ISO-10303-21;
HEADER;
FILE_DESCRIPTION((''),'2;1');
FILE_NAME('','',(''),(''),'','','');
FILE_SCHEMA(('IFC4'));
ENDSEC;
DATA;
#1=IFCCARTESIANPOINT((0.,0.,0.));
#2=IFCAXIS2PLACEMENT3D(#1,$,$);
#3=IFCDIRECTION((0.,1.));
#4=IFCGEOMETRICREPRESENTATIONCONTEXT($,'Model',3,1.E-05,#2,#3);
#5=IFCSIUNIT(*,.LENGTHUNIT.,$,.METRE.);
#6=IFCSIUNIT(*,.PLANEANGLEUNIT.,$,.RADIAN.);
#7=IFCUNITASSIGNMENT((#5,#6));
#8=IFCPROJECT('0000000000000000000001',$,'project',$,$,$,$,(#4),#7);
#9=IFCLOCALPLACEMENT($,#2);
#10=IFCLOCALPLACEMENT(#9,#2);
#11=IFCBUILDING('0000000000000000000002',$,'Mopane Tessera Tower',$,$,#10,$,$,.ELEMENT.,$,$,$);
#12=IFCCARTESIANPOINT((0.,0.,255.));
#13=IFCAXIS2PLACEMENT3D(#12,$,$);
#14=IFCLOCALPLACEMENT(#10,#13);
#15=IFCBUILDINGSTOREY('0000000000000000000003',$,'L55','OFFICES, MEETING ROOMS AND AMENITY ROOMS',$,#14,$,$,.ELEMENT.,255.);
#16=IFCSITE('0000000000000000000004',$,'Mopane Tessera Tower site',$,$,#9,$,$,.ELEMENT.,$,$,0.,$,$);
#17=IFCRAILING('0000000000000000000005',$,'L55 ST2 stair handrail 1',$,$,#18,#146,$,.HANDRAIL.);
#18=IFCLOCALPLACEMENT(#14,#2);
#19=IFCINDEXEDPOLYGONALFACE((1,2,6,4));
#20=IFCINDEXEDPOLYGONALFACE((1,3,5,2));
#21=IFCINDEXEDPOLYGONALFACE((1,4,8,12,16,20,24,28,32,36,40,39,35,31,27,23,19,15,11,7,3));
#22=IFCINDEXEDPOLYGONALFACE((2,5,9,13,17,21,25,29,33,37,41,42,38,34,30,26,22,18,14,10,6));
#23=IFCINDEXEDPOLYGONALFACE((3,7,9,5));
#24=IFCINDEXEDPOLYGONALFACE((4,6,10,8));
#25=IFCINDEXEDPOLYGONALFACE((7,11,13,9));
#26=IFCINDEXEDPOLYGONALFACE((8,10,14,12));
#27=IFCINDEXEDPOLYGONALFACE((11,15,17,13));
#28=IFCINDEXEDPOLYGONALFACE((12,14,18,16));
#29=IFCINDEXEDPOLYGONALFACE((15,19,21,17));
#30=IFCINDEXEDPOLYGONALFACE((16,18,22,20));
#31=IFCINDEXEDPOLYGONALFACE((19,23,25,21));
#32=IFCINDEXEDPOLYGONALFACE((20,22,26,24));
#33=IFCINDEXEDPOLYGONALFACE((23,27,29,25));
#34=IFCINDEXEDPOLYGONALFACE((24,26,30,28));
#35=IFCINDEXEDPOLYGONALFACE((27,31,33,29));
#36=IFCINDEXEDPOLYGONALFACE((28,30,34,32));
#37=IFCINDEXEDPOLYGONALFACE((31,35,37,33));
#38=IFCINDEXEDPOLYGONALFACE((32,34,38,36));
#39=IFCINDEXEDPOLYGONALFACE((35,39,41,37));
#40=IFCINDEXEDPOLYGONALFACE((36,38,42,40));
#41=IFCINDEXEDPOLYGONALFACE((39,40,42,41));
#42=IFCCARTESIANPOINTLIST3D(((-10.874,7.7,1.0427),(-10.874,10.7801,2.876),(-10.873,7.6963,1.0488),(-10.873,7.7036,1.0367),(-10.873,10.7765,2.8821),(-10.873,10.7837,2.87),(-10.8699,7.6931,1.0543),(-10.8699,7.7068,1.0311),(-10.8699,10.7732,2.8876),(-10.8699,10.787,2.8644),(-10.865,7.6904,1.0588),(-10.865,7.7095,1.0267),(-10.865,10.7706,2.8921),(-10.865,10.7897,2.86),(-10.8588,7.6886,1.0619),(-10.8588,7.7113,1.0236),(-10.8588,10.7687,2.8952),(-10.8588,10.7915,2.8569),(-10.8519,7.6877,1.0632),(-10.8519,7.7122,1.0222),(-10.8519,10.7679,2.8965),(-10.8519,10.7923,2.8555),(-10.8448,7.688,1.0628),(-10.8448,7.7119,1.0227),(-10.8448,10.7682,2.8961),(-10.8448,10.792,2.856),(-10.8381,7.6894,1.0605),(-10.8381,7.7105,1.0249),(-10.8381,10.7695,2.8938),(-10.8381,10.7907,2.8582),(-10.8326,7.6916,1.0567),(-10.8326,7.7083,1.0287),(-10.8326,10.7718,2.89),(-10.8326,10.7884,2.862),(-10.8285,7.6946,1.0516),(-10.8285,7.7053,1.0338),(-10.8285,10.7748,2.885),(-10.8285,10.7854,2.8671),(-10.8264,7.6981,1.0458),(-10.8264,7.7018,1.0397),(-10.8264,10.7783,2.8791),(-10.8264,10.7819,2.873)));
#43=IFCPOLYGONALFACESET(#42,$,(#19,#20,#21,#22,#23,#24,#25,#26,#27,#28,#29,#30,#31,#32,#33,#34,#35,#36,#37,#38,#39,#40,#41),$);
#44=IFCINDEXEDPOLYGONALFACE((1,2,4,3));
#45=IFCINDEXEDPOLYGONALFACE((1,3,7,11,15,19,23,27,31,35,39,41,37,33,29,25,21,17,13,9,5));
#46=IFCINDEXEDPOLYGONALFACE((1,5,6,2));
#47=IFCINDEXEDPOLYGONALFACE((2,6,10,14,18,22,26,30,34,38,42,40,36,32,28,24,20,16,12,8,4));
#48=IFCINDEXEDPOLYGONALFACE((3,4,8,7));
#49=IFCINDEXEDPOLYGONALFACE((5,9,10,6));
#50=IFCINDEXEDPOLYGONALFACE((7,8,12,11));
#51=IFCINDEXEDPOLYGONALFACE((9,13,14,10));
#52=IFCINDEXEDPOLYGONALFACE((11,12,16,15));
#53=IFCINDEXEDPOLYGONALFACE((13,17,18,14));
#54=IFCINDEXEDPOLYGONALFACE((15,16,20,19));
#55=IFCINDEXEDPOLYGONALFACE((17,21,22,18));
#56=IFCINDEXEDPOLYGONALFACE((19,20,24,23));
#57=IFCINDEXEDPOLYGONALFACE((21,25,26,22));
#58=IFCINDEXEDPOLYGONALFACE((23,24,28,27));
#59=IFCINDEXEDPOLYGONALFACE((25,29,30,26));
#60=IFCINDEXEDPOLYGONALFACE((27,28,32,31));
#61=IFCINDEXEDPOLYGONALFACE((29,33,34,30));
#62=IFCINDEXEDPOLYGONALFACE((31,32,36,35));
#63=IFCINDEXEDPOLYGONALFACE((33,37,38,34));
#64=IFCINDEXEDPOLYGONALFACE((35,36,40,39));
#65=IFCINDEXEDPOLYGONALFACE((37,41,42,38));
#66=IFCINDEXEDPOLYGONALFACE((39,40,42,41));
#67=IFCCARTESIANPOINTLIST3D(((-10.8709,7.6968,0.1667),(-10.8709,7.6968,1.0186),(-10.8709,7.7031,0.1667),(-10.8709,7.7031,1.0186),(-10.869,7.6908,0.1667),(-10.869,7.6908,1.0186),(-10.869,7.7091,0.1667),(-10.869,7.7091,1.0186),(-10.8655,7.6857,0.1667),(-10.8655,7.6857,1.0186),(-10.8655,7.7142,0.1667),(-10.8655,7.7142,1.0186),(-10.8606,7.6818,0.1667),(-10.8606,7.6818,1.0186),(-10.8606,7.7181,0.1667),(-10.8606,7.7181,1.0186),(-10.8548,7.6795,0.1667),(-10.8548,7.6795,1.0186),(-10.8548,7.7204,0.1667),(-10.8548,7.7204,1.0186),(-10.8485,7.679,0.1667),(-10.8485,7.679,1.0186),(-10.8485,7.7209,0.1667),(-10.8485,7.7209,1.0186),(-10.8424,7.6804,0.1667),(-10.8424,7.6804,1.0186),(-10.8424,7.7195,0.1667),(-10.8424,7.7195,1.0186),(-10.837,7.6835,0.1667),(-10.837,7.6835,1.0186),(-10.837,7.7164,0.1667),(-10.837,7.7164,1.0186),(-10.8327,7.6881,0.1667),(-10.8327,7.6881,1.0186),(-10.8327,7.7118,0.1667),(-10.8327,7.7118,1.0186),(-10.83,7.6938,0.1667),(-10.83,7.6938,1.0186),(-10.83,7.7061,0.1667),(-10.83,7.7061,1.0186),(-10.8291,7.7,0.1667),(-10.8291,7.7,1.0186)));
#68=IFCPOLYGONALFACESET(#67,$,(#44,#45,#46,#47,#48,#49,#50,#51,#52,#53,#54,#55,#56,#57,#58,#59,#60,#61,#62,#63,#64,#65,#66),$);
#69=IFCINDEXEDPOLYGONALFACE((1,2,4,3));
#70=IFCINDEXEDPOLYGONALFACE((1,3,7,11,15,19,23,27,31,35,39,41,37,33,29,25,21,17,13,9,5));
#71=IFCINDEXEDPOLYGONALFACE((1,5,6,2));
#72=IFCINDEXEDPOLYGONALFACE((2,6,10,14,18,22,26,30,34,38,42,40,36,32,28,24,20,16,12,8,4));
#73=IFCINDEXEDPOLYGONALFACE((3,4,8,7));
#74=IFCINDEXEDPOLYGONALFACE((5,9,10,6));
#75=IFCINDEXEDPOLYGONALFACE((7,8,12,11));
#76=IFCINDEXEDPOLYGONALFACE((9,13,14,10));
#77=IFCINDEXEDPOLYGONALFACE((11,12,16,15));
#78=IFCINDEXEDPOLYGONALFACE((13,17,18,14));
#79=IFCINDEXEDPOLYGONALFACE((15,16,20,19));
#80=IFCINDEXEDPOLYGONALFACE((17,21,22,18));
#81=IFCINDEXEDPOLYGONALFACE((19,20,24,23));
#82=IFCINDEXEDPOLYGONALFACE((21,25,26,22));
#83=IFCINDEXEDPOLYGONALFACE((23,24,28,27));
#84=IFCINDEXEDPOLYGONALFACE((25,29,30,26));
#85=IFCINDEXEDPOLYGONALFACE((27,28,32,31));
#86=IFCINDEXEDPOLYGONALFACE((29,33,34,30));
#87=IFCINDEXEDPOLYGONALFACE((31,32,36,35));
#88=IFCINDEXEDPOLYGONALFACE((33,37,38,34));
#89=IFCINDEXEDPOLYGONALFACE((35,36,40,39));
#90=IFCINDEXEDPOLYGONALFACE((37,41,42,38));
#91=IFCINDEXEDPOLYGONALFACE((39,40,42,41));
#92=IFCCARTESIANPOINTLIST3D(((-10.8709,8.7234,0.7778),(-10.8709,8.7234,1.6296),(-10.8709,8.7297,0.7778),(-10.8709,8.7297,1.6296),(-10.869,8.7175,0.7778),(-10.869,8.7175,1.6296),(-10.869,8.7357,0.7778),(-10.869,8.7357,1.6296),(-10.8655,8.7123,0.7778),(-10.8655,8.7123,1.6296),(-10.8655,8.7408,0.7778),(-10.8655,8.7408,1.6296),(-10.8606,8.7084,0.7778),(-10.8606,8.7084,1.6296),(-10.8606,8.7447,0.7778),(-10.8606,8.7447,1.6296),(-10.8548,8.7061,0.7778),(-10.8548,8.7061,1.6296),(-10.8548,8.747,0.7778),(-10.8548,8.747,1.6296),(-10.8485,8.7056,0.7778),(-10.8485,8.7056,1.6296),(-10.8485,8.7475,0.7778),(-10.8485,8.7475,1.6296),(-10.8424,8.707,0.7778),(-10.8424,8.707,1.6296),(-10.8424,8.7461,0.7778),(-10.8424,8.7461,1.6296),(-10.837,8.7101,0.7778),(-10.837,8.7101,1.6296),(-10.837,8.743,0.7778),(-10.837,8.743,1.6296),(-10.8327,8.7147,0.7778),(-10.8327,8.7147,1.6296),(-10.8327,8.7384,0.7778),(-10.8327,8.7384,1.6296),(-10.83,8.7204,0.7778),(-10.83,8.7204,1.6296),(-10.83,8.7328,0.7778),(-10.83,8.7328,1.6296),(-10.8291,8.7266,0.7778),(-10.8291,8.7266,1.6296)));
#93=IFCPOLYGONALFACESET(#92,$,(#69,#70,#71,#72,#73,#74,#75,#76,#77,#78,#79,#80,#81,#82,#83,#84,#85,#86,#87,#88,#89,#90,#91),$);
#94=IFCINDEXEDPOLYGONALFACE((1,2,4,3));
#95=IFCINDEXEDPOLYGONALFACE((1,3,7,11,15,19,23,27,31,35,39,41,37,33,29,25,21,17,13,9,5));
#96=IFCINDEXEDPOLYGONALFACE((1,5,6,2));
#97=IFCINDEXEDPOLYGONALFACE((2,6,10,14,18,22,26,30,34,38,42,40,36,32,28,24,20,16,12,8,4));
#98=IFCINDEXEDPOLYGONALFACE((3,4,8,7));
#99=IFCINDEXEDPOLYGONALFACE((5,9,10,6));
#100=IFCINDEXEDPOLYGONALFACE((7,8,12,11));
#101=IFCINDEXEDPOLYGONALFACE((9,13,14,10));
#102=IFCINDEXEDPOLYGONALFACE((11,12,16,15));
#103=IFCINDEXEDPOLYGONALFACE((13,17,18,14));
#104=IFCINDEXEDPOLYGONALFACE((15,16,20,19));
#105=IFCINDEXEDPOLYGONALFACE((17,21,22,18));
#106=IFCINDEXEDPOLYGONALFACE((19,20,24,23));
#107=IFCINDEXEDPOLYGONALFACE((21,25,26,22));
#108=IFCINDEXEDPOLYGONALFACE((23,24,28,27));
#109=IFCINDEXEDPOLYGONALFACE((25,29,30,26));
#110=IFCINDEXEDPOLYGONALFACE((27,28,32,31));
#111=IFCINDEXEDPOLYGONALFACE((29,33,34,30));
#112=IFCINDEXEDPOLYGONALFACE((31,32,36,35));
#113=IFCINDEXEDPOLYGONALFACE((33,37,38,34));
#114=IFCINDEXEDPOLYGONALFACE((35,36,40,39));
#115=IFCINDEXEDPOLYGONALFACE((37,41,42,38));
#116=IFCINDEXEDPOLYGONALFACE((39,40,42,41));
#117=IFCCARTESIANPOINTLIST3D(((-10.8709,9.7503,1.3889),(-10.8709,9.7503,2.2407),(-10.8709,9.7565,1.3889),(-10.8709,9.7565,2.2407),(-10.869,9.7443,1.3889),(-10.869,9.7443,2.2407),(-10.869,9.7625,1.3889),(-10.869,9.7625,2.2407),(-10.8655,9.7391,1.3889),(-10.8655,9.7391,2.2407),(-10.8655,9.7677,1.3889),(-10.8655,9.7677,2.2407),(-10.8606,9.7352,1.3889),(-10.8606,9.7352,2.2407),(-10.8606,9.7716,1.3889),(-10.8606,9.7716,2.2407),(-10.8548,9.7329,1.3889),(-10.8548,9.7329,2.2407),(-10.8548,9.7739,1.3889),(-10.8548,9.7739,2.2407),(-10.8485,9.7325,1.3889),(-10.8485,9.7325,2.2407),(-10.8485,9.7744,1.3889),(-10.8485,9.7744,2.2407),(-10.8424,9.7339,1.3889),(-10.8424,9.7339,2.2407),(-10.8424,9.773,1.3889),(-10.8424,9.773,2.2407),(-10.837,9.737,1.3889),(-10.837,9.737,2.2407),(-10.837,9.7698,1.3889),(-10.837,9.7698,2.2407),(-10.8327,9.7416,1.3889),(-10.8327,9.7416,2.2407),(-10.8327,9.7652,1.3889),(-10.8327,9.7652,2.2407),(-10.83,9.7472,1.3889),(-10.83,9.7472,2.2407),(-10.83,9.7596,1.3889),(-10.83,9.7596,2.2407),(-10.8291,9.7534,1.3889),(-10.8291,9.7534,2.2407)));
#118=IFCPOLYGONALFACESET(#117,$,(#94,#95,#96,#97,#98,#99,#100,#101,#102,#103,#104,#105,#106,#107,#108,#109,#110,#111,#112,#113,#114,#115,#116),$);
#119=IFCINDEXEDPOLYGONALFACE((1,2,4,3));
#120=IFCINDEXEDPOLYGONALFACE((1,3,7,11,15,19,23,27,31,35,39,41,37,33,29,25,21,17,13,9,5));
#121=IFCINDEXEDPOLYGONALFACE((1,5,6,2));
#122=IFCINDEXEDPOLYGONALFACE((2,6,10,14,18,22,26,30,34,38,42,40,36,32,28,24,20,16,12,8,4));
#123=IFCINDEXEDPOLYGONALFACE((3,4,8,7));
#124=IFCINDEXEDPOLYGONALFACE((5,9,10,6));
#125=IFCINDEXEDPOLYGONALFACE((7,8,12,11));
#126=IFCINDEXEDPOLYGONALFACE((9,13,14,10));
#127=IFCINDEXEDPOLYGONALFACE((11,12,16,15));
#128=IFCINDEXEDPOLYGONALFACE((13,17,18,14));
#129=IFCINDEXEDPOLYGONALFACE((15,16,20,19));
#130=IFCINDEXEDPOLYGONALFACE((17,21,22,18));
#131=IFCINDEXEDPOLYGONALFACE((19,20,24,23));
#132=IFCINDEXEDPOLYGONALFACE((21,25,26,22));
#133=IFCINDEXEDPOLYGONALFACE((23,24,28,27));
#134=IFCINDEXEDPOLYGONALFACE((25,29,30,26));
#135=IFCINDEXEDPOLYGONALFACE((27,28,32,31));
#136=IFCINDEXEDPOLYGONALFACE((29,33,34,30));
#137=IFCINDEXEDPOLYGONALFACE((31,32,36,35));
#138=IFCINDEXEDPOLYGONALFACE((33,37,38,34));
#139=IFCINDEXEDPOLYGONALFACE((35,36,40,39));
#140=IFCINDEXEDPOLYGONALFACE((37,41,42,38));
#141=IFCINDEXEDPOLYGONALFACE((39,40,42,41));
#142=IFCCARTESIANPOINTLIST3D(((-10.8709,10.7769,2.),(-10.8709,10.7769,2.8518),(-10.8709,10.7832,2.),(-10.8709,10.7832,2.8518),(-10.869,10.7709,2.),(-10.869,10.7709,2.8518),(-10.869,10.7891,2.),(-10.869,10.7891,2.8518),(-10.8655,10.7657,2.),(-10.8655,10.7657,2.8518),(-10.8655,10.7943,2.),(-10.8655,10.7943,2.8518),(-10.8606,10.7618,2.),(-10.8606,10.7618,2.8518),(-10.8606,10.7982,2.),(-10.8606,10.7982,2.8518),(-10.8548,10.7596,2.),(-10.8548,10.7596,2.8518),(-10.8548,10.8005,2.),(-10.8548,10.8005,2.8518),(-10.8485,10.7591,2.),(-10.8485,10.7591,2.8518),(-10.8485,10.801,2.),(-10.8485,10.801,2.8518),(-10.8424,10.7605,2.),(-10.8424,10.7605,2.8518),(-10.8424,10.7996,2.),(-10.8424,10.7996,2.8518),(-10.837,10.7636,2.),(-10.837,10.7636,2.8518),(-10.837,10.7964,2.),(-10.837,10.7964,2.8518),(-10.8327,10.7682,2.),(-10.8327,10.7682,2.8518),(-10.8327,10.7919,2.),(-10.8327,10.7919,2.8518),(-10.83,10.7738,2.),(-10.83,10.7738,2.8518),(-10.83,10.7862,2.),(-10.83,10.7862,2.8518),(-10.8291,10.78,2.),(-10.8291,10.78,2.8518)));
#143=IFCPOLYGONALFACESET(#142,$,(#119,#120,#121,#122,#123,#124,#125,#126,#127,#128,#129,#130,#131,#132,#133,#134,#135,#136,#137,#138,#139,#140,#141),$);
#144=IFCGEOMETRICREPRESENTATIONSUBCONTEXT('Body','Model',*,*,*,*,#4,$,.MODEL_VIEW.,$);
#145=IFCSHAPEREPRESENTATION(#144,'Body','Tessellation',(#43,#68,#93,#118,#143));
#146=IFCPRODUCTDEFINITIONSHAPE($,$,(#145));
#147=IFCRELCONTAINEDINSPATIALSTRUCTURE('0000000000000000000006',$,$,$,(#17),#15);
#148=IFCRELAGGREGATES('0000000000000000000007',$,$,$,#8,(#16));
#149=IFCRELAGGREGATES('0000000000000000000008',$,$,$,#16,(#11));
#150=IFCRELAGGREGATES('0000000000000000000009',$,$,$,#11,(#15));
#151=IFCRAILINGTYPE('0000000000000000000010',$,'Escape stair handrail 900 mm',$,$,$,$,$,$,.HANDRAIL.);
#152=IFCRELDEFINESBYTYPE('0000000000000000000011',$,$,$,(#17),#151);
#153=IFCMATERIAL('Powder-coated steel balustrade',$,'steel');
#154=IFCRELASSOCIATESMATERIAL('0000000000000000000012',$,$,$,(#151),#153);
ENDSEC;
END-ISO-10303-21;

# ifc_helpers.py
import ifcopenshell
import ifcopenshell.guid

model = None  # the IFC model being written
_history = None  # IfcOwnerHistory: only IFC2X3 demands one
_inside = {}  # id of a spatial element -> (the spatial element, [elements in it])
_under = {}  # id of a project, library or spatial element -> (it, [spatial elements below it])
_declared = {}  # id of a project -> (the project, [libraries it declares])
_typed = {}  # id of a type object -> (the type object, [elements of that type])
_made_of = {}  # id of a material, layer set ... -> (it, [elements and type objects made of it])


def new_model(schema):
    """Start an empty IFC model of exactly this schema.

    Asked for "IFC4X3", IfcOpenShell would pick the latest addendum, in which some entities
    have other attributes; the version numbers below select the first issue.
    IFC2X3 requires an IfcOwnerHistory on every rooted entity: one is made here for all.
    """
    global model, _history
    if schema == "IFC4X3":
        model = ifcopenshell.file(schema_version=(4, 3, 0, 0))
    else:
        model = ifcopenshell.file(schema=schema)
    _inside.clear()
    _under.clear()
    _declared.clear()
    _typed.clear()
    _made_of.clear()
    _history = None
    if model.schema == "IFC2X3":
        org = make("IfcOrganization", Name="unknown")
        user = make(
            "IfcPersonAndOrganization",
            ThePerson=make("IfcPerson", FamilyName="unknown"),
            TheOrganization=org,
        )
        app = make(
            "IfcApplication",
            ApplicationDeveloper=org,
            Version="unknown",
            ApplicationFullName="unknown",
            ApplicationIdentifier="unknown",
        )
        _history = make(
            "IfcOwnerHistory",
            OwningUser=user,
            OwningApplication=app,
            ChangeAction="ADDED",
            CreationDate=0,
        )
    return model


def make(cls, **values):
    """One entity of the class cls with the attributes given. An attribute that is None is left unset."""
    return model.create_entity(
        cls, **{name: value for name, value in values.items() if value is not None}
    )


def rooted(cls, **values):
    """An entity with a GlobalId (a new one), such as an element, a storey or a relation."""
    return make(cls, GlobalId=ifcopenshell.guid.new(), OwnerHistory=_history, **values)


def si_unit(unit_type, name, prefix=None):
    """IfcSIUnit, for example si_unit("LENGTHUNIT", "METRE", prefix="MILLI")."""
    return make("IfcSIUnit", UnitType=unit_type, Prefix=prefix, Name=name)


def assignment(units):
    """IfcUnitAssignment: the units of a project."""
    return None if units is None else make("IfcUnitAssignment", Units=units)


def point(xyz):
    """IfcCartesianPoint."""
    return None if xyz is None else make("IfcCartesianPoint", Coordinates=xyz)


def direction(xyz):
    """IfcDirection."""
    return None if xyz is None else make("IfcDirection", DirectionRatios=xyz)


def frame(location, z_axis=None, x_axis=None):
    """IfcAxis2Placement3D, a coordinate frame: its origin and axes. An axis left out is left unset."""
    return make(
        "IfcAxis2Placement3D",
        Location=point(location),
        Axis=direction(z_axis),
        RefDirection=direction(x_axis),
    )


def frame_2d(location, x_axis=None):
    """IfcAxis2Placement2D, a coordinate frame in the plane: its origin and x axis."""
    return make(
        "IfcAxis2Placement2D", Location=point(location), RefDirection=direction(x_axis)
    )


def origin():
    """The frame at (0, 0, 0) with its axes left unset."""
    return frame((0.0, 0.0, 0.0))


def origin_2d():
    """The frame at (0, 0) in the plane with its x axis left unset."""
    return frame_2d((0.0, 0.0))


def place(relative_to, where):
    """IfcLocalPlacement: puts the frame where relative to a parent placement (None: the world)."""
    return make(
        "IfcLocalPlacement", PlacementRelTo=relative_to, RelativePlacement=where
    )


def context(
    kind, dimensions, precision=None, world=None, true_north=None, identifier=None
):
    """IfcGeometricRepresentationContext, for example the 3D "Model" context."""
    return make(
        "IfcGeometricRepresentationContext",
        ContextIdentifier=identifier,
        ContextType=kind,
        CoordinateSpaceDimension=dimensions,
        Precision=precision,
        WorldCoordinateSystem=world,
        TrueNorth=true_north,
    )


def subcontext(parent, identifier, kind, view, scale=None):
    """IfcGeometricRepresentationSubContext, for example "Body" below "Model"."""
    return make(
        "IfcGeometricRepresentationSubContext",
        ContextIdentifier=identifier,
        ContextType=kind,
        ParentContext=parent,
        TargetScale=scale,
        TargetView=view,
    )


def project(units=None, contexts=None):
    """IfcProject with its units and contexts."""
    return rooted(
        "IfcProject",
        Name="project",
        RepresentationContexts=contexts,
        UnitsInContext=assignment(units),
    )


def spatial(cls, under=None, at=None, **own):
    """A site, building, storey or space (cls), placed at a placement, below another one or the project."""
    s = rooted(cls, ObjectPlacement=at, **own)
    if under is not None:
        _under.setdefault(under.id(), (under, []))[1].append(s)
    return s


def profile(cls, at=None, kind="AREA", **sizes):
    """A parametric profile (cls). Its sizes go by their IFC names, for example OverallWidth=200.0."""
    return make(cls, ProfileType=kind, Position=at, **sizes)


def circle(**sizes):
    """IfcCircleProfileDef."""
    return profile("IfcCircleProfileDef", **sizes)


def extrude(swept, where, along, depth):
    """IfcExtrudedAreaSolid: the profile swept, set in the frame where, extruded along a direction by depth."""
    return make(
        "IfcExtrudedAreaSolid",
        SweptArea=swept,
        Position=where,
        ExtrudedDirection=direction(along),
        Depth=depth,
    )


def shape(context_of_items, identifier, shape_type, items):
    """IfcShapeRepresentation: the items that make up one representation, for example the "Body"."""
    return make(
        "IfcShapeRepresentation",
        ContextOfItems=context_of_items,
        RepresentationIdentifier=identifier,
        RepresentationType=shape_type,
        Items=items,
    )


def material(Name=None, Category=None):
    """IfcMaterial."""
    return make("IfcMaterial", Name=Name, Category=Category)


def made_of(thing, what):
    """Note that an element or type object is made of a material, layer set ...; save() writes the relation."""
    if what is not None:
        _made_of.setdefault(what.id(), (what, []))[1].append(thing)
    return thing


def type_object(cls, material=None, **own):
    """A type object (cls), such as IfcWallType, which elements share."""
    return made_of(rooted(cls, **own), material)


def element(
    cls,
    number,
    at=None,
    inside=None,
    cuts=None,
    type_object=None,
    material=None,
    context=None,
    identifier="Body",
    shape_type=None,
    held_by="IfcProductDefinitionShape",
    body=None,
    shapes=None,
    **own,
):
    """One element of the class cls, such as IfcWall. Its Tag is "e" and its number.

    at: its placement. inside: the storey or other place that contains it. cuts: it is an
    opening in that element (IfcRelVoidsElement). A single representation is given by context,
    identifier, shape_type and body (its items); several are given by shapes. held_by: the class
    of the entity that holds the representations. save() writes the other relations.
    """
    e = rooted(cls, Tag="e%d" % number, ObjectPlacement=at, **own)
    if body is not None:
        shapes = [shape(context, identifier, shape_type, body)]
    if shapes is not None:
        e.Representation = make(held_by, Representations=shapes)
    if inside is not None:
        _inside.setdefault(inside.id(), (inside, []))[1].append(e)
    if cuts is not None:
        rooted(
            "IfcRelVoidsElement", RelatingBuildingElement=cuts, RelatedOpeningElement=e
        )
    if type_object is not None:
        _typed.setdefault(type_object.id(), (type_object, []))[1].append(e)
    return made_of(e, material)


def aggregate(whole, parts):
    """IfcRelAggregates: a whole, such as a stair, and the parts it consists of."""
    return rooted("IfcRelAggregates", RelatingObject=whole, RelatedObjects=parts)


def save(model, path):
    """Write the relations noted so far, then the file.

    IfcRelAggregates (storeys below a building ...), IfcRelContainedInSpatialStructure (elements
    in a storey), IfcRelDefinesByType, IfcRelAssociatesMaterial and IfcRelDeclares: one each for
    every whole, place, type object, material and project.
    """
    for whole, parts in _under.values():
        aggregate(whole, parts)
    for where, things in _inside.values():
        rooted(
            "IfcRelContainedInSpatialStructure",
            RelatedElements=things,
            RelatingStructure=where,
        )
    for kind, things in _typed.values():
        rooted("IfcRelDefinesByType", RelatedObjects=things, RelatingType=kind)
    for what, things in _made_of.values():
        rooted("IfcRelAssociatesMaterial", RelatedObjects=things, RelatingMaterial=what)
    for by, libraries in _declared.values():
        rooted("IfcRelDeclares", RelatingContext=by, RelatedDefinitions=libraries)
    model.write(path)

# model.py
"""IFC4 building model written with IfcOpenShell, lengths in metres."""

from ifc_helpers import new_model, si_unit, direction, frame, origin, origin_2d, place, context, subcontext, project, spatial, circle, extrude, material, type_object, element, save


model = new_model("IFC4")

# Units and contexts
model_context = context("Model", 3, precision=1e-05, world=origin(), true_north=direction((0.0, 1.0)))
body_context = subcontext(model_context, "Body", "Model", "MODEL_VIEW")
ifc_project = project(units=[si_unit("LENGTHUNIT", "METRE"), si_unit("PLANEANGLEUNIT", "RADIAN")], contexts=[model_context])

# Site, building, storey
site_placement = place(None, origin())
site = spatial("IfcSite", under=ifc_project, at=site_placement, Name="Mopane Tessera Tower site", CompositionType="ELEMENT", RefElevation=0.0)
building_placement = place(site_placement, origin())
building = spatial("IfcBuilding", under=site, at=building_placement, Name="Mopane Tessera Tower", CompositionType="ELEMENT")
storey_placement = place(building_placement, frame((0.0, 0.0, 255.0)))
storey = spatial("IfcBuildingStorey", under=building, at=storey_placement, Name="L55", Description="OFFICES, MEETING ROOMS AND AMENITY ROOMS", CompositionType="ELEMENT", Elevation=255.0)

# Railing
ifc_material_1 = material(Name="Powder-coated steel balustrade", Category="steel")
railing_type_1 = type_object("IfcRailingType", Name="Escape stair handrail 900 mm", PredefinedType="HANDRAIL", material=ifc_material_1)
railing_1_placement = place(storey_placement, frame((-10.8501, 7.7, 0.1667)))
element("IfcRailing", 1, at=railing_1_placement, inside=storey, type_object=railing_type_1, Name="L55 ST2 stair handrail 1", PredefinedType="HANDRAIL", context=body_context, shape_type="SweptSolid", body=[
    extrude(circle(Radius=0.0239, at=origin_2d()), frame((0.0, 0.0, 0.876), z_axis=(0.0, 0.859309, 0.511458), x_axis=(-1.0, 0.0, 0.0)), (0.0, 0.0, 1.0), 3.5845),
    extrude(circle(Radius=0.021, at=origin_2d()), origin(), (0.0, 0.0, 1.0), 0.8518),
    extrude(circle(Radius=0.021, at=origin_2d()), frame((0.0, 1.0266, 0.6111)), (0.0, 0.0, 1.0), 0.8518),
    extrude(circle(Radius=0.021, at=origin_2d()), frame((0.0, 2.0535, 1.2222)), (0.0, 0.0, 1.0), 0.8518),
    extrude(circle(Radius=0.021, at=origin_2d()), frame((0.0, 3.0801, 1.8333)), (0.0, 0.0, 1.0), 0.8518),
])

save(model, "model.ifc")
